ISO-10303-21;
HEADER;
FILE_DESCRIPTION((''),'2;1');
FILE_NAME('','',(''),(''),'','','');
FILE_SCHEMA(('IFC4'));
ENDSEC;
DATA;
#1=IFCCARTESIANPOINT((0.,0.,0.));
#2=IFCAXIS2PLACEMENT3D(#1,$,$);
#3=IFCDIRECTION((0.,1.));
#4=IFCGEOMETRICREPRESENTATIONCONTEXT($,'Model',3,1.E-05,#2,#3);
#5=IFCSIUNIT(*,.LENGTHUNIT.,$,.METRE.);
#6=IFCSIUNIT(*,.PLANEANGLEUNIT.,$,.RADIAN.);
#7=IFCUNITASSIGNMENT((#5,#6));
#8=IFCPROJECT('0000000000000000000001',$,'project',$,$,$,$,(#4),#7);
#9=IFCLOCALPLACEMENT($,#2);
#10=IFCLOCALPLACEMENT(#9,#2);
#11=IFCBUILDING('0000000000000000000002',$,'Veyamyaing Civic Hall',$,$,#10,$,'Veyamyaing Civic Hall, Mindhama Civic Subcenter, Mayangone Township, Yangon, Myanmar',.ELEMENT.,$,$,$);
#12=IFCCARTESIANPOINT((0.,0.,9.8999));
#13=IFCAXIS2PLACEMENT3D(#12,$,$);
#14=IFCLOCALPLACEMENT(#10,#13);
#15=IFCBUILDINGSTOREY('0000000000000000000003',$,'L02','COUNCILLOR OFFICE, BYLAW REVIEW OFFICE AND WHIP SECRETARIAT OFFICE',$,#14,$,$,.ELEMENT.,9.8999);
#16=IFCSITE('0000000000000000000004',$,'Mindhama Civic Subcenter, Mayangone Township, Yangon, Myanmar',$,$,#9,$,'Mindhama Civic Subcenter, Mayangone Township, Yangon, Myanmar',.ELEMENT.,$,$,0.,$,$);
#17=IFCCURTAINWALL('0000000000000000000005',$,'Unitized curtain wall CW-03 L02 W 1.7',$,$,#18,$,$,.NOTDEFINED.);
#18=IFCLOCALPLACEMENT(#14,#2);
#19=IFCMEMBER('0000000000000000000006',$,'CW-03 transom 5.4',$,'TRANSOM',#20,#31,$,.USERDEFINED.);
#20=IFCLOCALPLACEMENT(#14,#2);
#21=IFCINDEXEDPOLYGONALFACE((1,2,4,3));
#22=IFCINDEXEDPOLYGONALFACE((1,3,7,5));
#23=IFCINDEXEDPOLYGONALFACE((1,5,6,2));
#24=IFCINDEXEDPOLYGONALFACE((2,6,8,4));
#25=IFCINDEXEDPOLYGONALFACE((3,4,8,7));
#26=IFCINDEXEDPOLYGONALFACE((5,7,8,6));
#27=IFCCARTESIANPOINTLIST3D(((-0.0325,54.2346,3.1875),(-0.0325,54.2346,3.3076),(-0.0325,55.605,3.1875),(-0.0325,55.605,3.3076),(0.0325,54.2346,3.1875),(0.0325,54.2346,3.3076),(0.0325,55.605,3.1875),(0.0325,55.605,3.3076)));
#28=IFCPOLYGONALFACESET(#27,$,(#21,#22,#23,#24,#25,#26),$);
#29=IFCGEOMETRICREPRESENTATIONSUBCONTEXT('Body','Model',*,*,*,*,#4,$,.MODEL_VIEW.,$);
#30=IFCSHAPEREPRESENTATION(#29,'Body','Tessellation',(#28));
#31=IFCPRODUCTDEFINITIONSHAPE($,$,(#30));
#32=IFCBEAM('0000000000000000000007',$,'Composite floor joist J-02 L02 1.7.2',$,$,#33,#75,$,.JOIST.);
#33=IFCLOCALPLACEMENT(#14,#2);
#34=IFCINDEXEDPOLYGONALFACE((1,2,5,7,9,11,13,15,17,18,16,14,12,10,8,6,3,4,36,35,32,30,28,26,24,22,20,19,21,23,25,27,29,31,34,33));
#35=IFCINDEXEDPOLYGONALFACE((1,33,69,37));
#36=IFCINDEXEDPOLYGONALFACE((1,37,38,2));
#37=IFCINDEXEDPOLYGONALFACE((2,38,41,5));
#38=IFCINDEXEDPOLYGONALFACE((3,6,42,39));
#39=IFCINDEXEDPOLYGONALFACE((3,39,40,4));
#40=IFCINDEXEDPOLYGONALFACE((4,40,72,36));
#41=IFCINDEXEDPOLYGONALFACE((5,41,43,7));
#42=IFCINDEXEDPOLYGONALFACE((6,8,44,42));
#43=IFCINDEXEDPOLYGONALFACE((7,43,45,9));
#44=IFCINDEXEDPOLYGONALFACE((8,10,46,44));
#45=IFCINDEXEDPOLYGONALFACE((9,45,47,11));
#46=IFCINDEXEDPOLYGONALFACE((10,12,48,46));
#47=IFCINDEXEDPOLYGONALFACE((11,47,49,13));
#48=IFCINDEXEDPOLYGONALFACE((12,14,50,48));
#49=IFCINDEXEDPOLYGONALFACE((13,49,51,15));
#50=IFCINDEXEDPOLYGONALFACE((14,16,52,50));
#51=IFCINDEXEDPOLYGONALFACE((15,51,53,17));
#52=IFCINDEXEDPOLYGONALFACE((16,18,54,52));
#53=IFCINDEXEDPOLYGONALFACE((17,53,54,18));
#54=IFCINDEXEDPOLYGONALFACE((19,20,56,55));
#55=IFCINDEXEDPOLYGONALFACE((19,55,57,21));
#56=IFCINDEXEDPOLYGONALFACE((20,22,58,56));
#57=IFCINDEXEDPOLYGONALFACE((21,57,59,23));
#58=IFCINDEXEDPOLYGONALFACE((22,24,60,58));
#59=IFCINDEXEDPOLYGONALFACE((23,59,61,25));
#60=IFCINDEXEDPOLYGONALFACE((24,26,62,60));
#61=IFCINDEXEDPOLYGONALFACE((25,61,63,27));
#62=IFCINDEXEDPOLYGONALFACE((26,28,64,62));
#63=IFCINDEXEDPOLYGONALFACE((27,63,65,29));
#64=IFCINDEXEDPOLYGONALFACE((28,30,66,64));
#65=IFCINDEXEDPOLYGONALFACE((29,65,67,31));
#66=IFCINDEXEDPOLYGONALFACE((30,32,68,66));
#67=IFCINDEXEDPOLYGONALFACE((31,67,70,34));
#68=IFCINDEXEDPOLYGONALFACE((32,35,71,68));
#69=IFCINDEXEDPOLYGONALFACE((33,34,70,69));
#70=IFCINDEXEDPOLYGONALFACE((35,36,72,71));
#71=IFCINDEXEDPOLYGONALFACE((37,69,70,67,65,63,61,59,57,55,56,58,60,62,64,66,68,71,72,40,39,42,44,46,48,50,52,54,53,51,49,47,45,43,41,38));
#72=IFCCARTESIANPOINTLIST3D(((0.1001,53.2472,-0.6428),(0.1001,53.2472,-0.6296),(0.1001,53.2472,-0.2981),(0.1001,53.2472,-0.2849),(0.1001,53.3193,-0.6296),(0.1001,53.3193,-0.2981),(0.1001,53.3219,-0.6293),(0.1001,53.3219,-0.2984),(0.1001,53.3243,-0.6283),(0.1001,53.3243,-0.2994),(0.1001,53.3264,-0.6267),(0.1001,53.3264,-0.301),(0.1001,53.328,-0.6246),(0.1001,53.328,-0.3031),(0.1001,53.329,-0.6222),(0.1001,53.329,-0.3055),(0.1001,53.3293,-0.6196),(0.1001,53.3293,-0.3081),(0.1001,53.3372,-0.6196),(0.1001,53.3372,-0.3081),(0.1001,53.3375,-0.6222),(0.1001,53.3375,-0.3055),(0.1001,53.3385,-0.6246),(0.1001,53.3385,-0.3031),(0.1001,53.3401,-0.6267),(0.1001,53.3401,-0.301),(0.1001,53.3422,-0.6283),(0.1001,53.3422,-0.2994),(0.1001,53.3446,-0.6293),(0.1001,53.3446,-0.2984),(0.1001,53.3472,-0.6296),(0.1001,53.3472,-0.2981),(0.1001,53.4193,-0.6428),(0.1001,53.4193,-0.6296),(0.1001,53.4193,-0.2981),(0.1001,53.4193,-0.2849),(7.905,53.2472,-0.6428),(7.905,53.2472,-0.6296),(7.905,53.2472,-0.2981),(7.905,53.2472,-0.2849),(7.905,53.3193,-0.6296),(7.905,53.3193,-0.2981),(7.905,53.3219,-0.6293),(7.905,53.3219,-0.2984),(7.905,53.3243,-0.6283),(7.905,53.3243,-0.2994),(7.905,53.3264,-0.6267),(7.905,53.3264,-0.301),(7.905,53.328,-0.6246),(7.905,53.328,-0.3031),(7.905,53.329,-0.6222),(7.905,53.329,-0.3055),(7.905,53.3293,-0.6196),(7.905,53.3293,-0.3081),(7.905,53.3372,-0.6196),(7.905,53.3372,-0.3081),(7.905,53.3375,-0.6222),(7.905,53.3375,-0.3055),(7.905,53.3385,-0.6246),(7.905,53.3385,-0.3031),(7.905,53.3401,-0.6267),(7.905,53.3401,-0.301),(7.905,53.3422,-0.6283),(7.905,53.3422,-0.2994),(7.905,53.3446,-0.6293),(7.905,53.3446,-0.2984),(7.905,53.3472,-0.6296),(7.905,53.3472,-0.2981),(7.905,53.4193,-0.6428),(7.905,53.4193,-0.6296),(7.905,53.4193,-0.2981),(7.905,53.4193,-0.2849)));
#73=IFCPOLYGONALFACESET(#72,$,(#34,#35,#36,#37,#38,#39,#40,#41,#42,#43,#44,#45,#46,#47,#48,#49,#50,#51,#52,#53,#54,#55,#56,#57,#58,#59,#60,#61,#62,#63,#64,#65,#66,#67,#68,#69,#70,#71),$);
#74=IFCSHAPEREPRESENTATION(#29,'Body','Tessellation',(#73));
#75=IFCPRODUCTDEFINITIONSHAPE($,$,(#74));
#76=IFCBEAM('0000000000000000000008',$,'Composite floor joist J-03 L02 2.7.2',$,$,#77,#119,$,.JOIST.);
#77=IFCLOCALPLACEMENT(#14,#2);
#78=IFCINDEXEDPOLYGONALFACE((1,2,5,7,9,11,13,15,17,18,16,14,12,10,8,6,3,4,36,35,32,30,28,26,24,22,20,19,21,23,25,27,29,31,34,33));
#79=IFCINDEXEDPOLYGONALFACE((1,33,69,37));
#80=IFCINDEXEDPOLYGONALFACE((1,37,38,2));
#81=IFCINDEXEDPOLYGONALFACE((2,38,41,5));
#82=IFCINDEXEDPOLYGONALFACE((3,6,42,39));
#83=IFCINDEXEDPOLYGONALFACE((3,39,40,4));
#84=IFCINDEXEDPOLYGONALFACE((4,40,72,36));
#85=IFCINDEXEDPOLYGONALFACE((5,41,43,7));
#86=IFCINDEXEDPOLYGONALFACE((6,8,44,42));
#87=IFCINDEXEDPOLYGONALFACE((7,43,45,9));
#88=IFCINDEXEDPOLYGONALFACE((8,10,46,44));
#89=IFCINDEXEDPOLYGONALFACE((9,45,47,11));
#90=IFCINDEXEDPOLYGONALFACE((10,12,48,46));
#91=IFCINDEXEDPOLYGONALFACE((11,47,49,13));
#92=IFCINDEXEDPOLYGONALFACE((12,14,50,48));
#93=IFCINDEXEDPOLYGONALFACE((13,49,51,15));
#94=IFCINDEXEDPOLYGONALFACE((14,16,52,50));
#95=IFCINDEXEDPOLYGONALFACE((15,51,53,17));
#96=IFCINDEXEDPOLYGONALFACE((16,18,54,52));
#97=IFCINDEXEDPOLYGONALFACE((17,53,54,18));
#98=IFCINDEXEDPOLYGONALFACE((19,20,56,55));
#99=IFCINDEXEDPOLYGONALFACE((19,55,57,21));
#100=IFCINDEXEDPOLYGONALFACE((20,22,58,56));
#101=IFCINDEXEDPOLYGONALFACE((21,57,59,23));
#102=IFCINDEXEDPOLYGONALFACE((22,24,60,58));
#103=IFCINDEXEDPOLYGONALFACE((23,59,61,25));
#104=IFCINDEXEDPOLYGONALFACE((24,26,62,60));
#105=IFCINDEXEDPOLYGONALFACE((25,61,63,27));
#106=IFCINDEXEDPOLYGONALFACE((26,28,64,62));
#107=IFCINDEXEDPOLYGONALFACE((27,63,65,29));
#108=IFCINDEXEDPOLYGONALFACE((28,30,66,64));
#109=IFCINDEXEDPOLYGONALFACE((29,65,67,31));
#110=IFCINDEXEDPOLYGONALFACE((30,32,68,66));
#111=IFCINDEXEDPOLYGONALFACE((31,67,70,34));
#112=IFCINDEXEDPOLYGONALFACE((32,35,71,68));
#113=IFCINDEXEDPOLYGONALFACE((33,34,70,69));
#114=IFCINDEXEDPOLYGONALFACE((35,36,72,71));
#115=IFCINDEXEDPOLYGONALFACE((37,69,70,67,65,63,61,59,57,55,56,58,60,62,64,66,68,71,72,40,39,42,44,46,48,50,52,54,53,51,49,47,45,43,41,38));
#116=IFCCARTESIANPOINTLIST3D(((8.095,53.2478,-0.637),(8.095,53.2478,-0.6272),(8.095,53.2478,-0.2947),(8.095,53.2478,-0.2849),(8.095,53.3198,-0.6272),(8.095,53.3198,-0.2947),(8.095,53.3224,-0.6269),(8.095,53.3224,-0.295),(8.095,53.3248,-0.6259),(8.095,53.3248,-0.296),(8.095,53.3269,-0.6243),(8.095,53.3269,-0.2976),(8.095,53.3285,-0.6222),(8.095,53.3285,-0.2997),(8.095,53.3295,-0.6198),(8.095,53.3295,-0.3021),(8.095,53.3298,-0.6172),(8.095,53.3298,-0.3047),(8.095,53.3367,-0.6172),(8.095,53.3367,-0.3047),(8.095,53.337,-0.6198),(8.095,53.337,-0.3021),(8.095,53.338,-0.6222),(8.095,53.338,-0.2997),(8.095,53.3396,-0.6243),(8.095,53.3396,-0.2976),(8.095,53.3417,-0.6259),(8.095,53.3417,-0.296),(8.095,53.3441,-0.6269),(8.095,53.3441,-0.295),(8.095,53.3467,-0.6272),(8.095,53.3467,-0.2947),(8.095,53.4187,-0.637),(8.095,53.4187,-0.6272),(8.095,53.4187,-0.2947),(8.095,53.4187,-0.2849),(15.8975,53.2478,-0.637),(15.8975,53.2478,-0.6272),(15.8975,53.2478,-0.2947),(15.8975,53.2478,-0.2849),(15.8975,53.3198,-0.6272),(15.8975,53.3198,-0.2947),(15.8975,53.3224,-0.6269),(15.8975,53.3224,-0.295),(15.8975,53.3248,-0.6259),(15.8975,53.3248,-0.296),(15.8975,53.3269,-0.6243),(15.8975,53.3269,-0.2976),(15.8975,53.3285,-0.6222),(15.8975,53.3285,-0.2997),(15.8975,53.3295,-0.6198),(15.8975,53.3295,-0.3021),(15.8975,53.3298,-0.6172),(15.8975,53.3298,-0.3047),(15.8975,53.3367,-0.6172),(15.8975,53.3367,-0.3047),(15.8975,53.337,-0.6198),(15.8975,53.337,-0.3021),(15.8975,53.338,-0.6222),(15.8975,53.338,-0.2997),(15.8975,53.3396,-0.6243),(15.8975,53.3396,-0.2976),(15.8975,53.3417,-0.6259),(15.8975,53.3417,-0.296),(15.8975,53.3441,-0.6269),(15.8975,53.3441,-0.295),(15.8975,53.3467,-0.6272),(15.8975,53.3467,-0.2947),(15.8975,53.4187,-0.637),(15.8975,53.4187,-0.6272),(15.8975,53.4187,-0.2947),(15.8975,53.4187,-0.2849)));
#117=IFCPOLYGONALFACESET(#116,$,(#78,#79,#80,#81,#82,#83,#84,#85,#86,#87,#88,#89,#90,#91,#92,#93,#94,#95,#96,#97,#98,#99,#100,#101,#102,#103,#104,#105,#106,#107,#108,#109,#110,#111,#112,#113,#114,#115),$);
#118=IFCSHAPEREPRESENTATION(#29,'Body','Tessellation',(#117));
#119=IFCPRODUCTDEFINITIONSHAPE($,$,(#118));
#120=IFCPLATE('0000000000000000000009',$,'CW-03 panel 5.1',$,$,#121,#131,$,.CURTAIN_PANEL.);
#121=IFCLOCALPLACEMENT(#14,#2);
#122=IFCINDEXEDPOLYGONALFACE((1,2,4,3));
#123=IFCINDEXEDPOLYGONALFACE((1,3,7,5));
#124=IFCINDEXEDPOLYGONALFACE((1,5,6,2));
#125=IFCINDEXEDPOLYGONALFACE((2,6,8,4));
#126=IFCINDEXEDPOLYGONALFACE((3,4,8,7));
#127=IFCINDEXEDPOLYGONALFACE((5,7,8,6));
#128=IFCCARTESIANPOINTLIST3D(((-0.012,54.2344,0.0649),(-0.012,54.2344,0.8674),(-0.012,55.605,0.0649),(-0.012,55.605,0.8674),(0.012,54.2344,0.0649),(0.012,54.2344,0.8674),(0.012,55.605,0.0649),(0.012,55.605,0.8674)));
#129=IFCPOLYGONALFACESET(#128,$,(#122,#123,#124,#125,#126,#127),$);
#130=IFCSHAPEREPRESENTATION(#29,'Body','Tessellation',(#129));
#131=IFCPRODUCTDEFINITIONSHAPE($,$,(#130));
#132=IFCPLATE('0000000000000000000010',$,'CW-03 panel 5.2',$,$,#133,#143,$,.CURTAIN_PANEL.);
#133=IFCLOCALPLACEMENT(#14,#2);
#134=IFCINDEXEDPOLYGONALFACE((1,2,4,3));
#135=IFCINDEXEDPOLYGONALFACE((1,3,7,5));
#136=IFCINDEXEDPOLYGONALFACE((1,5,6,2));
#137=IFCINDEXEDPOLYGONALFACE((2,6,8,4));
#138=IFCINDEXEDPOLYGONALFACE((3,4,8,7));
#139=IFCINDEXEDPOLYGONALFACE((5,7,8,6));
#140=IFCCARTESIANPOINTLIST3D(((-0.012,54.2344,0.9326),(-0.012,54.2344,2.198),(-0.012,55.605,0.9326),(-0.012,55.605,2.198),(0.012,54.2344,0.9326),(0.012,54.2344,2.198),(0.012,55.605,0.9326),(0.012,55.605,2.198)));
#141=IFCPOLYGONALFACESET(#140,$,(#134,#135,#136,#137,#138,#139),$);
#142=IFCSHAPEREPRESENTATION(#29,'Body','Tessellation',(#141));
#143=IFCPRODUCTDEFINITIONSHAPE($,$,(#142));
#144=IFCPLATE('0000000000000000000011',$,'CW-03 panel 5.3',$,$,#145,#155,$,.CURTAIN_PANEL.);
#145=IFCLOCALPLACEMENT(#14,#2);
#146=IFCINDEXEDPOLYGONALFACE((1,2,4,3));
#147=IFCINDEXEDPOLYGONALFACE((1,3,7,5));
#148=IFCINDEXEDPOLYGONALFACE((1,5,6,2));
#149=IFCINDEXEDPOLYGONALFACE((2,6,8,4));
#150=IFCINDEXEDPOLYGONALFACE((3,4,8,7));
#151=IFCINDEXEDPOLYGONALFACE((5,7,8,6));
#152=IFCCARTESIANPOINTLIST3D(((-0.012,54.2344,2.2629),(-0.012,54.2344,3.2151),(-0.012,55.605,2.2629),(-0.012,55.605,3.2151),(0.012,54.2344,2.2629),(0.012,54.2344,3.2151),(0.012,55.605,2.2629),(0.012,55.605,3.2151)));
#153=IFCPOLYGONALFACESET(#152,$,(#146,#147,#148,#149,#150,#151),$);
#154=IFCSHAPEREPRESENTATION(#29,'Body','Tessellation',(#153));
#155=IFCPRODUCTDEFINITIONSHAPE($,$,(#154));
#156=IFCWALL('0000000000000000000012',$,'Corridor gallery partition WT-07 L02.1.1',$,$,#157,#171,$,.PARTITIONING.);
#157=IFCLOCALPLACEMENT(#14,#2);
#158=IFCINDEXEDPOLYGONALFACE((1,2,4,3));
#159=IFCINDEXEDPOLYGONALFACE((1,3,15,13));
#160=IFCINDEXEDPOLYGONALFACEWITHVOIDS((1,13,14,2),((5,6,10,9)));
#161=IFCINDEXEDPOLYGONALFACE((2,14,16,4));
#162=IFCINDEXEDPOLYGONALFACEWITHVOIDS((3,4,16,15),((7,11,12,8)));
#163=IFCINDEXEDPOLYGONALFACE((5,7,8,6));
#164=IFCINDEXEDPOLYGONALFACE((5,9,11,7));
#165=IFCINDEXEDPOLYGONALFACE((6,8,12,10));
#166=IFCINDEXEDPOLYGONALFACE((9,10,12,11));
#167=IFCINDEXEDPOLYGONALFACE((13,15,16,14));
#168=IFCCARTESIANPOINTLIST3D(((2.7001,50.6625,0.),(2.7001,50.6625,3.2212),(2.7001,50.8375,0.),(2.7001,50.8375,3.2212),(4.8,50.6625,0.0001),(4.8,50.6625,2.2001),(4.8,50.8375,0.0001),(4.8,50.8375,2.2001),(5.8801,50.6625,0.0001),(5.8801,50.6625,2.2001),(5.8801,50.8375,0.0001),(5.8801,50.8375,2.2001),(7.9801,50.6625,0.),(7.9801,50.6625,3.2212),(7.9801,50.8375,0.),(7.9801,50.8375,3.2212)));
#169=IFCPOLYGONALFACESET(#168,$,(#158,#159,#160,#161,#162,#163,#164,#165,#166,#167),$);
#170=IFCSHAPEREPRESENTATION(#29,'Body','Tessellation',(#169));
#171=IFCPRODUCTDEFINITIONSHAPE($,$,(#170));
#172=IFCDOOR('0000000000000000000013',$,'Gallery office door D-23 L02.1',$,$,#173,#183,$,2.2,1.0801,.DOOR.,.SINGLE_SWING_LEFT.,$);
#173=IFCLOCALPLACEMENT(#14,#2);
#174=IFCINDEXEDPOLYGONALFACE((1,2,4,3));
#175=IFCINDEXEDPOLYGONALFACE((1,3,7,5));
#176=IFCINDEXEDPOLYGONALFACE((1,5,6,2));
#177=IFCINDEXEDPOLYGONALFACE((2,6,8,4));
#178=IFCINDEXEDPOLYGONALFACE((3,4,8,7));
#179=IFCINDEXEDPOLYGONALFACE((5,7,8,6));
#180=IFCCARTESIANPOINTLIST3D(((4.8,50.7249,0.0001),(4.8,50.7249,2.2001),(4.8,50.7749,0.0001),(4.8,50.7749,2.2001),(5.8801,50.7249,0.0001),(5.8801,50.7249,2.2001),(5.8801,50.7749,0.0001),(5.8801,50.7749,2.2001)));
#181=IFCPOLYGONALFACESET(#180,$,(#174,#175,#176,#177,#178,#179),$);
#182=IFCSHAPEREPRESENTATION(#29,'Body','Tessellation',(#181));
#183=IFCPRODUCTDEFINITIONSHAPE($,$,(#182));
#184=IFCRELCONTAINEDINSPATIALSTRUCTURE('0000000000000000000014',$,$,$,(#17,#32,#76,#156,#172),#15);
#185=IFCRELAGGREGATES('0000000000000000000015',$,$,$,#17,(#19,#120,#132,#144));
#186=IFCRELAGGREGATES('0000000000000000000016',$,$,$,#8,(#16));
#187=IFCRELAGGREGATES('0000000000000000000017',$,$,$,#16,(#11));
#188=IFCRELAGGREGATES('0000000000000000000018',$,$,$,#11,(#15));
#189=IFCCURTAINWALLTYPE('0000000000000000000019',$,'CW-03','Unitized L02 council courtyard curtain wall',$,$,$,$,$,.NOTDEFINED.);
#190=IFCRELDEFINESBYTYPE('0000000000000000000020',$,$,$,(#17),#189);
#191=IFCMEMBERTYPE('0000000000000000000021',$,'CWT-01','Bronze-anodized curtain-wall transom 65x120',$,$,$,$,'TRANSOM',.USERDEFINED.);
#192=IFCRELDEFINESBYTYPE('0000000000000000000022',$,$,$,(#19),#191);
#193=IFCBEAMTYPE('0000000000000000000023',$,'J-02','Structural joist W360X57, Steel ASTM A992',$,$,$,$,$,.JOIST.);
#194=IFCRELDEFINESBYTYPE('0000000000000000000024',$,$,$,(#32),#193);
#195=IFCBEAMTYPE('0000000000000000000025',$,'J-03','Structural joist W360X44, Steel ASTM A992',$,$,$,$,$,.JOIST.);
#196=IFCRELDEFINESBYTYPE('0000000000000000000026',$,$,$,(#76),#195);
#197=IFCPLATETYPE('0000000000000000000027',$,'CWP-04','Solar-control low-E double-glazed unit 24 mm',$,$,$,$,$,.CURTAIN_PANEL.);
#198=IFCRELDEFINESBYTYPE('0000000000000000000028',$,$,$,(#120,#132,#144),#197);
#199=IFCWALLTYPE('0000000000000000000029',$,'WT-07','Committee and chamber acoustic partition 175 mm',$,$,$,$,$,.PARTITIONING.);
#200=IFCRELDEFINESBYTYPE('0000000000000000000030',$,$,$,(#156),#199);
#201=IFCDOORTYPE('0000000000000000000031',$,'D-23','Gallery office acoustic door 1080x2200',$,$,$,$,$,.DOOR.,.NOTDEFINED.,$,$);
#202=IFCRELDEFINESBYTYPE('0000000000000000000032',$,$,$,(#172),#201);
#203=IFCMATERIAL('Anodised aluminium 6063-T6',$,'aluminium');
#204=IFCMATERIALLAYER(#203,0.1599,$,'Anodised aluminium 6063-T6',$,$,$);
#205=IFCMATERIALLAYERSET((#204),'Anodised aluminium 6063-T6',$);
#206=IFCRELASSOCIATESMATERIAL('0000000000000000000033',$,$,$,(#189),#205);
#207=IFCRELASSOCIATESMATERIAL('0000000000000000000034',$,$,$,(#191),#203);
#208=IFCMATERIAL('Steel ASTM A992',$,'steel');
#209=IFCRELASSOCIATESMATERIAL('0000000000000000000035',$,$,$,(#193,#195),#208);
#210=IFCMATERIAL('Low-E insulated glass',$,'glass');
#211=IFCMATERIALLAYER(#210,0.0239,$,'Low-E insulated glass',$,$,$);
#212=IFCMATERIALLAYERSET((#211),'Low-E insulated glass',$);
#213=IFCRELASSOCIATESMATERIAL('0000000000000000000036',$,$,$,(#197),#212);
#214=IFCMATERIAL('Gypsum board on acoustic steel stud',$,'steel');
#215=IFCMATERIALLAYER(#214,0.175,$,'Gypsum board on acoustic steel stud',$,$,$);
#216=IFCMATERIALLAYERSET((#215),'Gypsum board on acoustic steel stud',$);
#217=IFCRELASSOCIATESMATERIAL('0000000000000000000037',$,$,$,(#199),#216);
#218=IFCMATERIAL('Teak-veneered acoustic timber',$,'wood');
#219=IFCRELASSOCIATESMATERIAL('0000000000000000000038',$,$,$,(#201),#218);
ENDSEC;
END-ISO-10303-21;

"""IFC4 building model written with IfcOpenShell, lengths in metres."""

from ifc_helpers import new_model, si_unit, direction, frame, frame_2d, origin, origin_2d, place, context, subcontext, project, spatial, rectangle, i_section, extrude, material, layer, layer_set, material_profile, profile_set, type_object, element, fill, aggregate, save


model = new_model("IFC4")

# Units and contexts
model_context = context("Model", 3, precision=1e-05, world=origin(), true_north=direction((0.0, 1.0)))
body_context = subcontext(model_context, "Body", "Model", "MODEL_VIEW")
ifc_project = project(units=[si_unit("LENGTHUNIT", "METRE"), si_unit("PLANEANGLEUNIT", "RADIAN")], contexts=[model_context])

# Site, building, storey
site_placement = place(None, origin())
site = spatial("IfcSite", under=ifc_project, at=site_placement, Name="Mindhama Civic Subcenter, Mayangone Township, Yangon, Myanmar", LongName="Mindhama Civic Subcenter, Mayangone Township, Yangon, Myanmar", CompositionType="ELEMENT", RefElevation=0.0)
building_placement = place(site_placement, origin())
building = spatial("IfcBuilding", under=site, at=building_placement, Name="Veyamyaing Civic Hall", LongName="Veyamyaing Civic Hall, Mindhama Civic Subcenter, Mayangone Township, Yangon, Myanmar", CompositionType="ELEMENT")
storey_placement = place(building_placement, frame((0.0, 0.0, 9.8999)))
storey = spatial("IfcBuildingStorey", under=building, at=storey_placement, Name="L02", Description="COUNCILLOR OFFICE, BYLAW REVIEW OFFICE AND WHIP SECRETARIAT OFFICE", CompositionType="ELEMENT", Elevation=9.8999)

# Shared definitions
ifc_material_1 = material(Name="Steel ASTM A992", Category="steel")

# Curtain wall, member
ifc_material_2 = material(Name="Anodised aluminium 6063-T6", Category="aluminium")
ifc_layer_1 = layer(ifc_material_2, 0.1599, Name="Anodised aluminium 6063-T6")
ifc_layer_set_1 = layer_set([ifc_layer_1], Name="Anodised aluminium 6063-T6")
curtain_wall_type = type_object("IfcCurtainWallType", Name="CW-03", Description="Unitized L02 council courtyard curtain wall", PredefinedType="NOTDEFINED", material=ifc_layer_set_1)
curtain_wall_placement = place(storey_placement, origin())
curtain_wall = element("IfcCurtainWall", 1, at=curtain_wall_placement, inside=storey, type_object=curtain_wall_type, Name="Unitized curtain wall CW-03 L02 W 1.7", PredefinedType="NOTDEFINED")
ifc_material_profile_1 = material_profile(ifc_material_2, rectangle(XDim=0.0649, YDim=0.1201, at=origin_2d()), Name="ALU-TRN-65X120")
ifc_profile_set_1 = profile_set([ifc_material_profile_1], Name="Anodised aluminium 6063-T6")
member_type_1 = type_object("IfcMemberType", Name="CWT-01", Description="Bronze-anodized curtain-wall transom 65x120", ElementType="TRANSOM", PredefinedType="USERDEFINED", material=ifc_profile_set_1)
member_1_placement = place(storey_placement, frame((0.0, 54.2346, 3.2476), z_axis=(0.0, 1.0, 0.0), x_axis=(-1.0, 0.0, 0.0)))
member_1 = element("IfcMember", 2, at=member_1_placement, type_object=member_type_1, Name="CW-03 transom 5.4", ObjectType="TRANSOM", PredefinedType="USERDEFINED", context=body_context, shape_type="SweptSolid", body=[
    extrude(rectangle(XDim=0.0649, YDim=0.1201, at=origin_2d()), origin(), (0.0, 0.0, 1.0), 1.3704),
])

# Beams
ifc_material_profile_2 = material_profile(ifc_material_1, i_section(OverallWidth=0.1721, OverallDepth=0.3579, WebThickness=0.0078, FlangeThickness=0.0132, FilletRadius=0.01, at=origin_2d()), Name="W360X57")
ifc_profile_set_2 = profile_set([ifc_material_profile_2], Name="Steel ASTM A992")
beam_type_1 = type_object("IfcBeamType", Name="J-02", Description="Structural joist W360X57, Steel ASTM A992", PredefinedType="JOIST", material=ifc_profile_set_2)
beam_1_placement = place(storey_placement, frame((0.1001, 53.3333, -0.4639), z_axis=(1.0, 0.0, 0.0), x_axis=(0.0, 1.0, 0.0)))
element("IfcBeam", 3, at=beam_1_placement, inside=storey, type_object=beam_type_1, Name="Composite floor joist J-02 L02 1.7.2", PredefinedType="JOIST", context=body_context, shape_type="SweptSolid", body=[
    extrude(i_section(OverallWidth=0.1721, OverallDepth=0.3579, WebThickness=0.0078, FlangeThickness=0.0132, FilletRadius=0.01, at=origin_2d()), origin(), (0.0, 0.0, 1.0), 7.8049),
])
ifc_material_profile_3 = material_profile(ifc_material_1, i_section(OverallWidth=0.1709, OverallDepth=0.3521, WebThickness=0.0068, FlangeThickness=0.0098, FilletRadius=0.01, at=origin_2d()), Name="W360X44")
ifc_profile_set_3 = profile_set([ifc_material_profile_3], Name="Steel ASTM A992")
beam_type_2 = type_object("IfcBeamType", Name="J-03", Description="Structural joist W360X44, Steel ASTM A992", PredefinedType="JOIST", material=ifc_profile_set_3)
beam_2_placement = place(storey_placement, frame((8.095, 53.3333, -0.4609), z_axis=(1.0, 0.0, 0.0), x_axis=(0.0, 1.0, 0.0)))
element("IfcBeam", 4, at=beam_2_placement, inside=storey, type_object=beam_type_2, Name="Composite floor joist J-03 L02 2.7.2", PredefinedType="JOIST", context=body_context, shape_type="SweptSolid", body=[
    extrude(i_section(OverallWidth=0.1709, OverallDepth=0.3521, WebThickness=0.0068, FlangeThickness=0.0098, FilletRadius=0.01, at=origin_2d()), origin(), (0.0, 0.0, 1.0), 7.8025),
])

# Plates
ifc_material_3 = material(Name="Low-E insulated glass", Category="glass")
ifc_layer_2 = layer(ifc_material_3, 0.0239, Name="Low-E insulated glass")
ifc_layer_set_2 = layer_set([ifc_layer_2], Name="Low-E insulated glass")
plate_type = type_object("IfcPlateType", Name="CWP-04", Description="Solar-control low-E double-glazed unit 24 mm", PredefinedType="CURTAIN_PANEL", material=ifc_layer_set_2)
plate_1_placement = place(storey_placement, frame((0.0, 54.9197, 0.0649), z_axis=(0.0, 0.0, 1.0), x_axis=(0.0, 1.0, 0.0)))
plate_1 = element("IfcPlate", 5, at=plate_1_placement, type_object=plate_type, Name="CW-03 panel 5.1", PredefinedType="CURTAIN_PANEL", context=body_context, shape_type="SweptSolid", body=[
    extrude(rectangle(XDim=1.3706, YDim=0.0239, at=origin_2d()), origin(), (0.0, 0.0, 1.0), 0.8025),
])
plate_2_placement = place(storey_placement, frame((0.0, 54.9197, 0.9326), z_axis=(0.0, 0.0, 1.0), x_axis=(0.0, 1.0, 0.0)))
plate_2 = element("IfcPlate", 6, at=plate_2_placement, type_object=plate_type, Name="CW-03 panel 5.2", PredefinedType="CURTAIN_PANEL", context=body_context, shape_type="SweptSolid", body=[
    extrude(rectangle(XDim=1.3706, YDim=0.0239, at=origin_2d()), origin(), (0.0, 0.0, 1.0), 1.2654),
])
plate_3_placement = place(storey_placement, frame((0.0, 54.9197, 2.2629), z_axis=(0.0, 0.0, 1.0), x_axis=(0.0, 1.0, 0.0)))
plate_3 = element("IfcPlate", 7, at=plate_3_placement, type_object=plate_type, Name="CW-03 panel 5.3", PredefinedType="CURTAIN_PANEL", context=body_context, shape_type="SweptSolid", body=[
    extrude(rectangle(XDim=1.3706, YDim=0.0239, at=origin_2d()), origin(), (0.0, 0.0, 1.0), 0.9521),
])
aggregate(curtain_wall, [member_1, plate_1, plate_2, plate_3])

# Wall, opening, door
ifc_material_4 = material(Name="Gypsum board on acoustic steel stud", Category="steel")
ifc_layer_3 = layer(ifc_material_4, 0.175, Name="Gypsum board on acoustic steel stud")
ifc_layer_set_3 = layer_set([ifc_layer_3], Name="Gypsum board on acoustic steel stud")
wall_type_1 = type_object("IfcWallType", Name="WT-07", Description="Committee and chamber acoustic partition 175 mm", PredefinedType="PARTITIONING", material=ifc_layer_set_3)
wall_1_placement = place(storey_placement, frame((2.7, 50.75, 0.0), z_axis=(0.0, 0.0, 1.0), x_axis=(1.0, 0.0, 0.0)))
wall_1 = element("IfcWall", 8, at=wall_1_placement, inside=storey, type_object=wall_type_1, Name="Corridor gallery partition WT-07 L02.1.1", PredefinedType="PARTITIONING", context=body_context, shape_type="SweptSolid", body=[
    extrude(rectangle(XDim=5.28, YDim=0.175, at=frame_2d((2.6401, 0.0))), origin(), (0.0, 0.0, 1.0), 3.2212),
])
opening_1_placement = place(wall_1_placement, frame((2.1001, 0.0, 0.0)))
opening_1 = element("IfcOpeningElement", 9, at=opening_1_placement, cuts=wall_1, PredefinedType="OPENING", context=body_context, shape_type="SweptSolid", body=[
    extrude(rectangle(XDim=1.0801, YDim=2.2, at=frame_2d((0.54, 1.1001))), frame((0.0, 0.0974, 0.0), z_axis=(0.0, -1.0, 0.0), x_axis=(1.0, 0.0, 0.0)), (0.0, 0.0, 1.0), 0.1951),
])
ifc_material_5 = material(Name="Teak-veneered acoustic timber", Category="wood")
door_type_1 = type_object("IfcDoorType", Name="D-23", Description="Gallery office acoustic door 1080x2200", OperationType="NOTDEFINED", PredefinedType="DOOR", material=ifc_material_5)
door_1_placement = place(opening_1_placement, origin())
door_1 = element("IfcDoor", 10, at=door_1_placement, inside=storey, type_object=door_type_1, Name="Gallery office door D-23 L02.1", OperationType="SINGLE_SWING_LEFT", OverallHeight=2.2, OverallWidth=1.0801, PredefinedType="DOOR", context=body_context, shape_type="SweptSolid", body=[
    extrude(rectangle(XDim=1.0801, YDim=2.2, at=frame_2d((0.54, 1.1001))), frame((0.0, 0.0249, 0.0), z_axis=(0.0, -1.0, 0.0), x_axis=(1.0, 0.0, 0.0)), (0.0, 0.0, 1.0), 0.05),
])
fill(opening_1, door_1)

save(model, "model.ifc")
